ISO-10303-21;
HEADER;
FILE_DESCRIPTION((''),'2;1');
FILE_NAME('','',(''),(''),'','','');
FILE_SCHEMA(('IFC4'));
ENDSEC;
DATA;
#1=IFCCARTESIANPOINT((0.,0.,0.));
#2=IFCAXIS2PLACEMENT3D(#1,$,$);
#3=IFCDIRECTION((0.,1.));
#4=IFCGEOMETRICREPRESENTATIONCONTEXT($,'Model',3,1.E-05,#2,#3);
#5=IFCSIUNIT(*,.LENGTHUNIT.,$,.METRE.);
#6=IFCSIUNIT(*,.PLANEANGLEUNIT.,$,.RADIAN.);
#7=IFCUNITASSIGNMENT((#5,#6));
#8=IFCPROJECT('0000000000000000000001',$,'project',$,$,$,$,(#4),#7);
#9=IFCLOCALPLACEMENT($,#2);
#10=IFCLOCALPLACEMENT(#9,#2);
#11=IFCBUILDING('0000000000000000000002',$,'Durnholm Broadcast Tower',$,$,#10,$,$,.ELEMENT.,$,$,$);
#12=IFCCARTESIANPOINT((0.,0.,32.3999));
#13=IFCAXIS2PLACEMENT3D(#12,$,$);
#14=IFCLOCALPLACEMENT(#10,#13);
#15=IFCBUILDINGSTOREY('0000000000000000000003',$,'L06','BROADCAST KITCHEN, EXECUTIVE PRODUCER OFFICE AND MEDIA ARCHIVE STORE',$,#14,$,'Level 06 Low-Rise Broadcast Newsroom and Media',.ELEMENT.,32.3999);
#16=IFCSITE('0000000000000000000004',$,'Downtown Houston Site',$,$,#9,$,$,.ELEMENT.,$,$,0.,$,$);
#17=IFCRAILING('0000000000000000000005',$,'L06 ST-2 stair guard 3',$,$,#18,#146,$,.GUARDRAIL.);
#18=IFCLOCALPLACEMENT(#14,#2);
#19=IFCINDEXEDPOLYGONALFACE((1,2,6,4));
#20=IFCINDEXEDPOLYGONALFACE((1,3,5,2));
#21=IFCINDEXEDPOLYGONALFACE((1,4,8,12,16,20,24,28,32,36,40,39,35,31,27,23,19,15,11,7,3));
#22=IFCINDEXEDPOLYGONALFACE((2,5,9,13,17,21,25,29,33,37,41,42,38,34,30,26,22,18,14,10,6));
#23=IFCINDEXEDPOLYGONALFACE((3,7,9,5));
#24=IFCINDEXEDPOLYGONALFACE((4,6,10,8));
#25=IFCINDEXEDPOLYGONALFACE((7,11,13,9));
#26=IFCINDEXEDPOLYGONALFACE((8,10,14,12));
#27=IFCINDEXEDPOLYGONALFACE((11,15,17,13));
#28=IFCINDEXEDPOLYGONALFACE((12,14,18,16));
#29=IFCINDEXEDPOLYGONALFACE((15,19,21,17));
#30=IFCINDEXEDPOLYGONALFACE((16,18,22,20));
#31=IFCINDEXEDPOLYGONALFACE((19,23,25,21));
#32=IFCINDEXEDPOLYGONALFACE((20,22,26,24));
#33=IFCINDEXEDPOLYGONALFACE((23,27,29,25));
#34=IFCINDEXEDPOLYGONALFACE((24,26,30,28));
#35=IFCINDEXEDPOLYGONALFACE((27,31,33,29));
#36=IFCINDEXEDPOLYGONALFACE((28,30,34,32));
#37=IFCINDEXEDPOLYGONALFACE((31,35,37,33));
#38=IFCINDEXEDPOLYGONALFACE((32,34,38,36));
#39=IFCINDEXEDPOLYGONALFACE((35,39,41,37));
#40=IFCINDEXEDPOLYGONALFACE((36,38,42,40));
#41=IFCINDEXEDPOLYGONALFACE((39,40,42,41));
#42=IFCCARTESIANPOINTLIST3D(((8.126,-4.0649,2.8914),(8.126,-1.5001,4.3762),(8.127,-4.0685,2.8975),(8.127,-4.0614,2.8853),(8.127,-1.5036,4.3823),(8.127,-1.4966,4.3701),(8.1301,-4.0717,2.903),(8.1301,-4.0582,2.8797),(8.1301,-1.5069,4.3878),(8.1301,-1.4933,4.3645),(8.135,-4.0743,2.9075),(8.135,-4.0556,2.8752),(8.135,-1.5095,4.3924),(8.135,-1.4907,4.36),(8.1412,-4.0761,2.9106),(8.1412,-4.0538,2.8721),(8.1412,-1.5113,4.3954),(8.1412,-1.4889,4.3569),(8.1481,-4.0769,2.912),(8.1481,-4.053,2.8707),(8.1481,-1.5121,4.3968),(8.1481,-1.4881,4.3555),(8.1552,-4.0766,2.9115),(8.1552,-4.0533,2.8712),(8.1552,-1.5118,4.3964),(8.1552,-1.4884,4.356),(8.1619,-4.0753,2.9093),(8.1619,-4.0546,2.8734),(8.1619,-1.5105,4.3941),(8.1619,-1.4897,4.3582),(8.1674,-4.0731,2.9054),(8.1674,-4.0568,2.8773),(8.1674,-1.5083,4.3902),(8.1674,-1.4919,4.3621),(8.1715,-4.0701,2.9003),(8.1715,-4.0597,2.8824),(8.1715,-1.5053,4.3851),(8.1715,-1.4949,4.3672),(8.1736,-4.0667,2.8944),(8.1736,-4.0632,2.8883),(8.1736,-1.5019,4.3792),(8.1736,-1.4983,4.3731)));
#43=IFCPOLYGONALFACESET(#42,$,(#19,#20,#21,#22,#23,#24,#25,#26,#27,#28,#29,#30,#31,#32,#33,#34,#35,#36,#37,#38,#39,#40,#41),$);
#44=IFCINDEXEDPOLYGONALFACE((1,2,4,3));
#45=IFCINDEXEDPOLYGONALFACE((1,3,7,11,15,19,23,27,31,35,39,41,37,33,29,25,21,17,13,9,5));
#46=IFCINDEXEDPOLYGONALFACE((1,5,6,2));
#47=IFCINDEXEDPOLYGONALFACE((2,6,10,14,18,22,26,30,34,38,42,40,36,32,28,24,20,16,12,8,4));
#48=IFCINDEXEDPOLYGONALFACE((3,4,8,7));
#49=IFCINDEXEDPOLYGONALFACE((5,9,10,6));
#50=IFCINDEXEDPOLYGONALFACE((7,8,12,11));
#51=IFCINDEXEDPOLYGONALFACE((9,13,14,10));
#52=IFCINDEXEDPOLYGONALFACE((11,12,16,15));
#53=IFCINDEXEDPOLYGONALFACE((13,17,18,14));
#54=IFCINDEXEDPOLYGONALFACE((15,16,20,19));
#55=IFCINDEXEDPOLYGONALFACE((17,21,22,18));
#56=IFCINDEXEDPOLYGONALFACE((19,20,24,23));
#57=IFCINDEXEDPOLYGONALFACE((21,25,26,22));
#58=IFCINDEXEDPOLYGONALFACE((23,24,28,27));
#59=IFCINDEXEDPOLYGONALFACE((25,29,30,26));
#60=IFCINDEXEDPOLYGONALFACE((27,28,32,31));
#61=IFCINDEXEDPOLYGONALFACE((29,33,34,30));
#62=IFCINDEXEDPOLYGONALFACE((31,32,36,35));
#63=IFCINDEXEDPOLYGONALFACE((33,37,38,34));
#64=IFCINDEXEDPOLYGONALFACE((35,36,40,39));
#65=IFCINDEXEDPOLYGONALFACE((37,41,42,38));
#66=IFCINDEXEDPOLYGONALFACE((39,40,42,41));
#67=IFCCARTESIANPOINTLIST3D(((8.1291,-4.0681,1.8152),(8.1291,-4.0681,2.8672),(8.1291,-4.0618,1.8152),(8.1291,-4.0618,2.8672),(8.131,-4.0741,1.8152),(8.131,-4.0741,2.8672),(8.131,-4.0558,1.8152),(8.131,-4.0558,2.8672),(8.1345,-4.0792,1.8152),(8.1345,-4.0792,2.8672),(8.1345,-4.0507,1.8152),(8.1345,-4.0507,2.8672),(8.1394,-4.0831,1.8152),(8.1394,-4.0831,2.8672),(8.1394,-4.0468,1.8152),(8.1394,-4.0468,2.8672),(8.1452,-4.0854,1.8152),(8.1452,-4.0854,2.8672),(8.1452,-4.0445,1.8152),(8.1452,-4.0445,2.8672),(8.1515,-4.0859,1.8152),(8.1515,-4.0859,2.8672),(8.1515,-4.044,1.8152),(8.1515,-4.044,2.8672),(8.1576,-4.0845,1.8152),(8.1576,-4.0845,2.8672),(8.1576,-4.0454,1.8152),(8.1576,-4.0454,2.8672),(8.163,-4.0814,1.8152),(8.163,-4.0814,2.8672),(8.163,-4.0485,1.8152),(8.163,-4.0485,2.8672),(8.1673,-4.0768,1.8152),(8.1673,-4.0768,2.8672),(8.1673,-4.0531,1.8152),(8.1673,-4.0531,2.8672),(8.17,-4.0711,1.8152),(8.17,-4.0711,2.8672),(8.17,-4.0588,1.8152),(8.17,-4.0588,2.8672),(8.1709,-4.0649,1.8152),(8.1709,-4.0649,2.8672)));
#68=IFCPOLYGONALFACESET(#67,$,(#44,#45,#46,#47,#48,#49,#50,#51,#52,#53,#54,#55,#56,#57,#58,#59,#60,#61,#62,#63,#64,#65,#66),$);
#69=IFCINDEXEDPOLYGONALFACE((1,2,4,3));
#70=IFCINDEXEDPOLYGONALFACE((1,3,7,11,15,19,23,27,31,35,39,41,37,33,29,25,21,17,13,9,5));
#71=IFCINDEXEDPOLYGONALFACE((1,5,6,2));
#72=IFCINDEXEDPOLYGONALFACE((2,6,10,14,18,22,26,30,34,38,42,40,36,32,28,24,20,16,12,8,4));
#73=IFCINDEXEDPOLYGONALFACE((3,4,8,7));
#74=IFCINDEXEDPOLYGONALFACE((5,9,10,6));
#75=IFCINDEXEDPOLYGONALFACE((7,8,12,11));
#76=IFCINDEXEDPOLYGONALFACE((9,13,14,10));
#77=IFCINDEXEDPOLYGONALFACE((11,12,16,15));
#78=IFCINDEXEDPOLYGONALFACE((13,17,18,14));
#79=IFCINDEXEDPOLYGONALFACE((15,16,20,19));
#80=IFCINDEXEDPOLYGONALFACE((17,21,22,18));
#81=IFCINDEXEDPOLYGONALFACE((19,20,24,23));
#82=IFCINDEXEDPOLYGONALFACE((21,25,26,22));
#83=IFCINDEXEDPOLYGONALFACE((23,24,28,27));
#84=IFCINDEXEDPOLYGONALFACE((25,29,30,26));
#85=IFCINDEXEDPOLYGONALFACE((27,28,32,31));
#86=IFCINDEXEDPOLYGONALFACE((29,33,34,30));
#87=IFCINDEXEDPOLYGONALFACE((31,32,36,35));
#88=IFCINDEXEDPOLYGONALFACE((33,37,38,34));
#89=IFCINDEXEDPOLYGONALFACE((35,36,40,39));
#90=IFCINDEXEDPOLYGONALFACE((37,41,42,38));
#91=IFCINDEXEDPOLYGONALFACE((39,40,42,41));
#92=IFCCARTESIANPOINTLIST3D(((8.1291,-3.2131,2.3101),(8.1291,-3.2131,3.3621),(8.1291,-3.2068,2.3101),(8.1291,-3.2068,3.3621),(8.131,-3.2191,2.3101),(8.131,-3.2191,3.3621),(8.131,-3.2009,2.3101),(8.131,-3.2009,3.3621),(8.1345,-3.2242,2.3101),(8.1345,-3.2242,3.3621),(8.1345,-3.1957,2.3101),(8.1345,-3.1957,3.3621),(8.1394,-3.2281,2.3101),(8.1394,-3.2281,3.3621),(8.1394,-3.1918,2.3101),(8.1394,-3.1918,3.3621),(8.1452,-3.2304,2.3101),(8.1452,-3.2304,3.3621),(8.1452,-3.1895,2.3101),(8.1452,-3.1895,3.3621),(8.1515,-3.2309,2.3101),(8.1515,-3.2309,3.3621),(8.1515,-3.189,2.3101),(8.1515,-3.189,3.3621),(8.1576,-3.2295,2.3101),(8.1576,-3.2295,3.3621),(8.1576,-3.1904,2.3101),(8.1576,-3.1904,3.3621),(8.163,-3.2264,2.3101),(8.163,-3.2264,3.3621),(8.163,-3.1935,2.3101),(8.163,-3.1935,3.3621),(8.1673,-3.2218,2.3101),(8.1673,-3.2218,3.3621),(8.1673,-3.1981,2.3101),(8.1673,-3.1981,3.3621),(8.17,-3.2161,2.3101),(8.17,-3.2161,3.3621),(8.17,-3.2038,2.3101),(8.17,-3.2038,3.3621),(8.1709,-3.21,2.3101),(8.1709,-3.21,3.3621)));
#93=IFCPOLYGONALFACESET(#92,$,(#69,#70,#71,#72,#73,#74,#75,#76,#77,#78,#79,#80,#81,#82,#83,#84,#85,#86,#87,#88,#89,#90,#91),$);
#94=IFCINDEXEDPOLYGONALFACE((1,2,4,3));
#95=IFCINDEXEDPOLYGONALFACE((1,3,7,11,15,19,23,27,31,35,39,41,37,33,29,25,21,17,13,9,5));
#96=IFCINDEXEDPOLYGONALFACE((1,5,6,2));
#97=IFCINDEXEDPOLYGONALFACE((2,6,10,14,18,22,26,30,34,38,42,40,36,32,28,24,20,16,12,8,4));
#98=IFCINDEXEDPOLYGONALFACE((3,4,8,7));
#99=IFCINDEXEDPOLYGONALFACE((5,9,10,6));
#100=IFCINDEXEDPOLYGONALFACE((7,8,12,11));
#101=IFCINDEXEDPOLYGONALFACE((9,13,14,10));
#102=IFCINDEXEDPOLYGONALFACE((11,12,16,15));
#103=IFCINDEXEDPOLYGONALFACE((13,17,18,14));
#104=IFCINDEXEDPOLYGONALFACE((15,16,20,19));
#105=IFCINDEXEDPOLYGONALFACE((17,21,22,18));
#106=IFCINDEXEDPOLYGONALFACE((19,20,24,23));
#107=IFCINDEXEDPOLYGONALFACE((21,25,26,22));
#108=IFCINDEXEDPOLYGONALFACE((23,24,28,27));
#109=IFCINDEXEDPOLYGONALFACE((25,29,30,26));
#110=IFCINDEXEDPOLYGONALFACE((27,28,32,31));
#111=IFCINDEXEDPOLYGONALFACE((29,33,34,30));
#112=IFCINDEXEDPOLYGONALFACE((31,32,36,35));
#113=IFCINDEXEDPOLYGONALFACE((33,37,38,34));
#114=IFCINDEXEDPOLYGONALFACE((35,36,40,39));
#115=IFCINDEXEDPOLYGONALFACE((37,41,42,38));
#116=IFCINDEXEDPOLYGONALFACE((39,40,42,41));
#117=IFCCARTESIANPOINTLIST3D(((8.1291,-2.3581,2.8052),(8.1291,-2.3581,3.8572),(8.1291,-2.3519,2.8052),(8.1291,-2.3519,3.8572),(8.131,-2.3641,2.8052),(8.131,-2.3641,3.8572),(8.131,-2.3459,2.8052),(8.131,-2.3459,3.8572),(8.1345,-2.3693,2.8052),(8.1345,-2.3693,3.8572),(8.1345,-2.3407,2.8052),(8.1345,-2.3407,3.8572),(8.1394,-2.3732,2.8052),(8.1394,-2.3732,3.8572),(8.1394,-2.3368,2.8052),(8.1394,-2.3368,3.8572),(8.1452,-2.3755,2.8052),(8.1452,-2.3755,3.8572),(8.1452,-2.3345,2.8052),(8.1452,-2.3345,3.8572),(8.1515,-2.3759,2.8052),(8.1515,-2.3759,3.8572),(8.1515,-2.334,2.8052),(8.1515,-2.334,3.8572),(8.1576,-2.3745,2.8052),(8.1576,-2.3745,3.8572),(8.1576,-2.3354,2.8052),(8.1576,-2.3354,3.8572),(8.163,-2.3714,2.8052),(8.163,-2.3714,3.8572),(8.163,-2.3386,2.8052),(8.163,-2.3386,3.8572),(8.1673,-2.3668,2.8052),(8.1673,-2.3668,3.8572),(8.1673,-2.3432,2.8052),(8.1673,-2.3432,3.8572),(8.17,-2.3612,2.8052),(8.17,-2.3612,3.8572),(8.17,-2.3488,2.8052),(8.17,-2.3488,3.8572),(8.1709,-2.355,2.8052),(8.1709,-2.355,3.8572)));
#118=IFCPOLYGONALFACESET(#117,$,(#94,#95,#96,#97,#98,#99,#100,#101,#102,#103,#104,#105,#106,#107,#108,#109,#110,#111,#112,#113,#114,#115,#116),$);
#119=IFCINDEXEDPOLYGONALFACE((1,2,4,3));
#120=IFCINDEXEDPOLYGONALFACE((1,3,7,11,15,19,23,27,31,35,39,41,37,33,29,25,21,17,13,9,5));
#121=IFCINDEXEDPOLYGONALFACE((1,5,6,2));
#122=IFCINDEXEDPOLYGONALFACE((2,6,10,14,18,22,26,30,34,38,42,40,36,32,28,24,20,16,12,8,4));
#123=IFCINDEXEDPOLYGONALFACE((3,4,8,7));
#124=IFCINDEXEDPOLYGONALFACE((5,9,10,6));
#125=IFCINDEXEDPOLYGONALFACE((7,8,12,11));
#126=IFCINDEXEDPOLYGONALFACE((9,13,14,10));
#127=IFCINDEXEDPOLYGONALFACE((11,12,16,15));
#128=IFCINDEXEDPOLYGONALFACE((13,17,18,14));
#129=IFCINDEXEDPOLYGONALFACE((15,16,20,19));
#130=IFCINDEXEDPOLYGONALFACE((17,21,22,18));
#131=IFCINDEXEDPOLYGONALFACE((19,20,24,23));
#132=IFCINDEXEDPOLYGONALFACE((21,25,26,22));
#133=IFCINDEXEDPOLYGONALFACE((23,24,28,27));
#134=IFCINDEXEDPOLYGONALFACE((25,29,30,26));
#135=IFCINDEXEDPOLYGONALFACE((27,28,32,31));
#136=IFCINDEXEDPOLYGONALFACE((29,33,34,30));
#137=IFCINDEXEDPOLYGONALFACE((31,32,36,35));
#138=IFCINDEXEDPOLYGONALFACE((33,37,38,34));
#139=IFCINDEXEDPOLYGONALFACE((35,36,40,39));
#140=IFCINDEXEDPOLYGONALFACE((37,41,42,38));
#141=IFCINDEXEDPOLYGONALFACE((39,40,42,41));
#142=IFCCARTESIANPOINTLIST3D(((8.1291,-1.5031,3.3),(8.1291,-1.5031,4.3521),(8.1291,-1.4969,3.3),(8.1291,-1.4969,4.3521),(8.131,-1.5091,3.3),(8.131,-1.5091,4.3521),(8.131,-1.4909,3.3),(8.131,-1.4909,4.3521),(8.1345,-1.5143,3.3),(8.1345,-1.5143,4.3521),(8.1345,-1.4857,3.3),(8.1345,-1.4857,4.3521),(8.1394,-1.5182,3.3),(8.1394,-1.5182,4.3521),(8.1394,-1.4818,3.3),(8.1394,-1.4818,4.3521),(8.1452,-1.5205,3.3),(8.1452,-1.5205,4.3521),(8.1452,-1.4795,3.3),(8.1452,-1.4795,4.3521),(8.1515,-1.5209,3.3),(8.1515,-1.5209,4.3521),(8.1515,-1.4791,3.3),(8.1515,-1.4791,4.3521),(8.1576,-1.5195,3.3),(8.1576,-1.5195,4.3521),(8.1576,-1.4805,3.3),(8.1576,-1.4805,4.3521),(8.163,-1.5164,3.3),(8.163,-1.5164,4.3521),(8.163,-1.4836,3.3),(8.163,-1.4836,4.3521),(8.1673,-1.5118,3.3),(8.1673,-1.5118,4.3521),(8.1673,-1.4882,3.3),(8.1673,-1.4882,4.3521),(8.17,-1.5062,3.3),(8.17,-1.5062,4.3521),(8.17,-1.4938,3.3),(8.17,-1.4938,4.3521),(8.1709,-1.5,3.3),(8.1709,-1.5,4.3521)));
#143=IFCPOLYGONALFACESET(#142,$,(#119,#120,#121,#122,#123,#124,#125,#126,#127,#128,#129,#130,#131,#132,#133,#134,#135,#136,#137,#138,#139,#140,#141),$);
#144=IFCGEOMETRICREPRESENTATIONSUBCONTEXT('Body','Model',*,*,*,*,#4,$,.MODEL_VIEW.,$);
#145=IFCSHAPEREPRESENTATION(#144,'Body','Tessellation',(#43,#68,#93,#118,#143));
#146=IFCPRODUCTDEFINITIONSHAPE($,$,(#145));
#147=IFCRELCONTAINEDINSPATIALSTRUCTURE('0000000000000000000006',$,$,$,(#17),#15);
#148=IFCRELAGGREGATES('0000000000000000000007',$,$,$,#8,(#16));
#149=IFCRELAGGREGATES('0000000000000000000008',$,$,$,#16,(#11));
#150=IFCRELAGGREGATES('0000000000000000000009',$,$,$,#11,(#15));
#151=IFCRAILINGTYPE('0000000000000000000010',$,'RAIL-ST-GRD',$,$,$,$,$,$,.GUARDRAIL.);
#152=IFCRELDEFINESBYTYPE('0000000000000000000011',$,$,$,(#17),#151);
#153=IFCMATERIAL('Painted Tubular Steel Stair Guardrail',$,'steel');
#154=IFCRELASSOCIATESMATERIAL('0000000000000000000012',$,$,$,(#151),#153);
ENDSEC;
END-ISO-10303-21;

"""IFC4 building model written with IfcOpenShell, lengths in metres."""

from ifc_helpers import new_model, si_unit, direction, frame, origin, origin_2d, place, context, subcontext, project, spatial, circle, extrude, material, type_object, element, save


model = new_model("IFC4")

# Units and contexts
model_context = context("Model", 3, precision=1e-05, world=origin(), true_north=direction((0.0, 1.0)))
body_context = subcontext(model_context, "Body", "Model", "MODEL_VIEW")
ifc_project = project(units=[si_unit("LENGTHUNIT", "METRE"), si_unit("PLANEANGLEUNIT", "RADIAN")], contexts=[model_context])

# Site, building, storey
site_placement = place(None, origin())
site = spatial("IfcSite", under=ifc_project, at=site_placement, Name="Downtown Houston Site", CompositionType="ELEMENT", RefElevation=0.0)
building_placement = place(site_placement, origin())
building = spatial("IfcBuilding", under=site, at=building_placement, Name="Durnholm Broadcast Tower", CompositionType="ELEMENT")
storey_placement = place(building_placement, frame((0.0, 0.0, 32.3999)))
storey = spatial("IfcBuildingStorey", under=building, at=storey_placement, Name="L06", Description="BROADCAST KITCHEN, EXECUTIVE PRODUCER OFFICE AND MEDIA ARCHIVE STORE", LongName="Level 06 Low-Rise Broadcast Newsroom and Media", CompositionType="ELEMENT", Elevation=32.3999)

# Railing
ifc_material_1 = material(Name="Painted Tubular Steel Stair Guardrail", Category="steel")
railing_type_1 = type_object("IfcRailingType", Name="RAIL-ST-GRD", PredefinedType="GUARDRAIL", material=ifc_material_1)
railing_1_placement = place(storey_placement, frame((8.1499, -4.0649, 1.8152)))
element("IfcRailing", 1, at=railing_1_placement, inside=storey, type_object=railing_type_1, Name="L06 ST-2 stair guard 3", PredefinedType="GUARDRAIL", context=body_context, shape_type="SweptSolid", body=[
    extrude(circle(Radius=0.0239, at=origin_2d()), frame((0.0, 0.0, 1.0762), z_axis=(0.0, 0.865441, 0.50101), x_axis=(-1.0, 0.0, 0.0)), (0.0, 0.0, 1.0), 2.9636),
    extrude(circle(Radius=0.021, at=origin_2d()), origin(), (0.0, 0.0, 1.0), 1.052),
    extrude(circle(Radius=0.021, at=origin_2d()), frame((0.0, 0.855, 0.4949)), (0.0, 0.0, 1.0), 1.052),
    extrude(circle(Radius=0.021, at=origin_2d()), frame((0.0, 1.71, 0.99)), (0.0, 0.0, 1.0), 1.052),
    extrude(circle(Radius=0.021, at=origin_2d()), frame((0.0, 2.5649, 1.4849)), (0.0, 0.0, 1.0), 1.052),
])

save(model, "model.ifc")
